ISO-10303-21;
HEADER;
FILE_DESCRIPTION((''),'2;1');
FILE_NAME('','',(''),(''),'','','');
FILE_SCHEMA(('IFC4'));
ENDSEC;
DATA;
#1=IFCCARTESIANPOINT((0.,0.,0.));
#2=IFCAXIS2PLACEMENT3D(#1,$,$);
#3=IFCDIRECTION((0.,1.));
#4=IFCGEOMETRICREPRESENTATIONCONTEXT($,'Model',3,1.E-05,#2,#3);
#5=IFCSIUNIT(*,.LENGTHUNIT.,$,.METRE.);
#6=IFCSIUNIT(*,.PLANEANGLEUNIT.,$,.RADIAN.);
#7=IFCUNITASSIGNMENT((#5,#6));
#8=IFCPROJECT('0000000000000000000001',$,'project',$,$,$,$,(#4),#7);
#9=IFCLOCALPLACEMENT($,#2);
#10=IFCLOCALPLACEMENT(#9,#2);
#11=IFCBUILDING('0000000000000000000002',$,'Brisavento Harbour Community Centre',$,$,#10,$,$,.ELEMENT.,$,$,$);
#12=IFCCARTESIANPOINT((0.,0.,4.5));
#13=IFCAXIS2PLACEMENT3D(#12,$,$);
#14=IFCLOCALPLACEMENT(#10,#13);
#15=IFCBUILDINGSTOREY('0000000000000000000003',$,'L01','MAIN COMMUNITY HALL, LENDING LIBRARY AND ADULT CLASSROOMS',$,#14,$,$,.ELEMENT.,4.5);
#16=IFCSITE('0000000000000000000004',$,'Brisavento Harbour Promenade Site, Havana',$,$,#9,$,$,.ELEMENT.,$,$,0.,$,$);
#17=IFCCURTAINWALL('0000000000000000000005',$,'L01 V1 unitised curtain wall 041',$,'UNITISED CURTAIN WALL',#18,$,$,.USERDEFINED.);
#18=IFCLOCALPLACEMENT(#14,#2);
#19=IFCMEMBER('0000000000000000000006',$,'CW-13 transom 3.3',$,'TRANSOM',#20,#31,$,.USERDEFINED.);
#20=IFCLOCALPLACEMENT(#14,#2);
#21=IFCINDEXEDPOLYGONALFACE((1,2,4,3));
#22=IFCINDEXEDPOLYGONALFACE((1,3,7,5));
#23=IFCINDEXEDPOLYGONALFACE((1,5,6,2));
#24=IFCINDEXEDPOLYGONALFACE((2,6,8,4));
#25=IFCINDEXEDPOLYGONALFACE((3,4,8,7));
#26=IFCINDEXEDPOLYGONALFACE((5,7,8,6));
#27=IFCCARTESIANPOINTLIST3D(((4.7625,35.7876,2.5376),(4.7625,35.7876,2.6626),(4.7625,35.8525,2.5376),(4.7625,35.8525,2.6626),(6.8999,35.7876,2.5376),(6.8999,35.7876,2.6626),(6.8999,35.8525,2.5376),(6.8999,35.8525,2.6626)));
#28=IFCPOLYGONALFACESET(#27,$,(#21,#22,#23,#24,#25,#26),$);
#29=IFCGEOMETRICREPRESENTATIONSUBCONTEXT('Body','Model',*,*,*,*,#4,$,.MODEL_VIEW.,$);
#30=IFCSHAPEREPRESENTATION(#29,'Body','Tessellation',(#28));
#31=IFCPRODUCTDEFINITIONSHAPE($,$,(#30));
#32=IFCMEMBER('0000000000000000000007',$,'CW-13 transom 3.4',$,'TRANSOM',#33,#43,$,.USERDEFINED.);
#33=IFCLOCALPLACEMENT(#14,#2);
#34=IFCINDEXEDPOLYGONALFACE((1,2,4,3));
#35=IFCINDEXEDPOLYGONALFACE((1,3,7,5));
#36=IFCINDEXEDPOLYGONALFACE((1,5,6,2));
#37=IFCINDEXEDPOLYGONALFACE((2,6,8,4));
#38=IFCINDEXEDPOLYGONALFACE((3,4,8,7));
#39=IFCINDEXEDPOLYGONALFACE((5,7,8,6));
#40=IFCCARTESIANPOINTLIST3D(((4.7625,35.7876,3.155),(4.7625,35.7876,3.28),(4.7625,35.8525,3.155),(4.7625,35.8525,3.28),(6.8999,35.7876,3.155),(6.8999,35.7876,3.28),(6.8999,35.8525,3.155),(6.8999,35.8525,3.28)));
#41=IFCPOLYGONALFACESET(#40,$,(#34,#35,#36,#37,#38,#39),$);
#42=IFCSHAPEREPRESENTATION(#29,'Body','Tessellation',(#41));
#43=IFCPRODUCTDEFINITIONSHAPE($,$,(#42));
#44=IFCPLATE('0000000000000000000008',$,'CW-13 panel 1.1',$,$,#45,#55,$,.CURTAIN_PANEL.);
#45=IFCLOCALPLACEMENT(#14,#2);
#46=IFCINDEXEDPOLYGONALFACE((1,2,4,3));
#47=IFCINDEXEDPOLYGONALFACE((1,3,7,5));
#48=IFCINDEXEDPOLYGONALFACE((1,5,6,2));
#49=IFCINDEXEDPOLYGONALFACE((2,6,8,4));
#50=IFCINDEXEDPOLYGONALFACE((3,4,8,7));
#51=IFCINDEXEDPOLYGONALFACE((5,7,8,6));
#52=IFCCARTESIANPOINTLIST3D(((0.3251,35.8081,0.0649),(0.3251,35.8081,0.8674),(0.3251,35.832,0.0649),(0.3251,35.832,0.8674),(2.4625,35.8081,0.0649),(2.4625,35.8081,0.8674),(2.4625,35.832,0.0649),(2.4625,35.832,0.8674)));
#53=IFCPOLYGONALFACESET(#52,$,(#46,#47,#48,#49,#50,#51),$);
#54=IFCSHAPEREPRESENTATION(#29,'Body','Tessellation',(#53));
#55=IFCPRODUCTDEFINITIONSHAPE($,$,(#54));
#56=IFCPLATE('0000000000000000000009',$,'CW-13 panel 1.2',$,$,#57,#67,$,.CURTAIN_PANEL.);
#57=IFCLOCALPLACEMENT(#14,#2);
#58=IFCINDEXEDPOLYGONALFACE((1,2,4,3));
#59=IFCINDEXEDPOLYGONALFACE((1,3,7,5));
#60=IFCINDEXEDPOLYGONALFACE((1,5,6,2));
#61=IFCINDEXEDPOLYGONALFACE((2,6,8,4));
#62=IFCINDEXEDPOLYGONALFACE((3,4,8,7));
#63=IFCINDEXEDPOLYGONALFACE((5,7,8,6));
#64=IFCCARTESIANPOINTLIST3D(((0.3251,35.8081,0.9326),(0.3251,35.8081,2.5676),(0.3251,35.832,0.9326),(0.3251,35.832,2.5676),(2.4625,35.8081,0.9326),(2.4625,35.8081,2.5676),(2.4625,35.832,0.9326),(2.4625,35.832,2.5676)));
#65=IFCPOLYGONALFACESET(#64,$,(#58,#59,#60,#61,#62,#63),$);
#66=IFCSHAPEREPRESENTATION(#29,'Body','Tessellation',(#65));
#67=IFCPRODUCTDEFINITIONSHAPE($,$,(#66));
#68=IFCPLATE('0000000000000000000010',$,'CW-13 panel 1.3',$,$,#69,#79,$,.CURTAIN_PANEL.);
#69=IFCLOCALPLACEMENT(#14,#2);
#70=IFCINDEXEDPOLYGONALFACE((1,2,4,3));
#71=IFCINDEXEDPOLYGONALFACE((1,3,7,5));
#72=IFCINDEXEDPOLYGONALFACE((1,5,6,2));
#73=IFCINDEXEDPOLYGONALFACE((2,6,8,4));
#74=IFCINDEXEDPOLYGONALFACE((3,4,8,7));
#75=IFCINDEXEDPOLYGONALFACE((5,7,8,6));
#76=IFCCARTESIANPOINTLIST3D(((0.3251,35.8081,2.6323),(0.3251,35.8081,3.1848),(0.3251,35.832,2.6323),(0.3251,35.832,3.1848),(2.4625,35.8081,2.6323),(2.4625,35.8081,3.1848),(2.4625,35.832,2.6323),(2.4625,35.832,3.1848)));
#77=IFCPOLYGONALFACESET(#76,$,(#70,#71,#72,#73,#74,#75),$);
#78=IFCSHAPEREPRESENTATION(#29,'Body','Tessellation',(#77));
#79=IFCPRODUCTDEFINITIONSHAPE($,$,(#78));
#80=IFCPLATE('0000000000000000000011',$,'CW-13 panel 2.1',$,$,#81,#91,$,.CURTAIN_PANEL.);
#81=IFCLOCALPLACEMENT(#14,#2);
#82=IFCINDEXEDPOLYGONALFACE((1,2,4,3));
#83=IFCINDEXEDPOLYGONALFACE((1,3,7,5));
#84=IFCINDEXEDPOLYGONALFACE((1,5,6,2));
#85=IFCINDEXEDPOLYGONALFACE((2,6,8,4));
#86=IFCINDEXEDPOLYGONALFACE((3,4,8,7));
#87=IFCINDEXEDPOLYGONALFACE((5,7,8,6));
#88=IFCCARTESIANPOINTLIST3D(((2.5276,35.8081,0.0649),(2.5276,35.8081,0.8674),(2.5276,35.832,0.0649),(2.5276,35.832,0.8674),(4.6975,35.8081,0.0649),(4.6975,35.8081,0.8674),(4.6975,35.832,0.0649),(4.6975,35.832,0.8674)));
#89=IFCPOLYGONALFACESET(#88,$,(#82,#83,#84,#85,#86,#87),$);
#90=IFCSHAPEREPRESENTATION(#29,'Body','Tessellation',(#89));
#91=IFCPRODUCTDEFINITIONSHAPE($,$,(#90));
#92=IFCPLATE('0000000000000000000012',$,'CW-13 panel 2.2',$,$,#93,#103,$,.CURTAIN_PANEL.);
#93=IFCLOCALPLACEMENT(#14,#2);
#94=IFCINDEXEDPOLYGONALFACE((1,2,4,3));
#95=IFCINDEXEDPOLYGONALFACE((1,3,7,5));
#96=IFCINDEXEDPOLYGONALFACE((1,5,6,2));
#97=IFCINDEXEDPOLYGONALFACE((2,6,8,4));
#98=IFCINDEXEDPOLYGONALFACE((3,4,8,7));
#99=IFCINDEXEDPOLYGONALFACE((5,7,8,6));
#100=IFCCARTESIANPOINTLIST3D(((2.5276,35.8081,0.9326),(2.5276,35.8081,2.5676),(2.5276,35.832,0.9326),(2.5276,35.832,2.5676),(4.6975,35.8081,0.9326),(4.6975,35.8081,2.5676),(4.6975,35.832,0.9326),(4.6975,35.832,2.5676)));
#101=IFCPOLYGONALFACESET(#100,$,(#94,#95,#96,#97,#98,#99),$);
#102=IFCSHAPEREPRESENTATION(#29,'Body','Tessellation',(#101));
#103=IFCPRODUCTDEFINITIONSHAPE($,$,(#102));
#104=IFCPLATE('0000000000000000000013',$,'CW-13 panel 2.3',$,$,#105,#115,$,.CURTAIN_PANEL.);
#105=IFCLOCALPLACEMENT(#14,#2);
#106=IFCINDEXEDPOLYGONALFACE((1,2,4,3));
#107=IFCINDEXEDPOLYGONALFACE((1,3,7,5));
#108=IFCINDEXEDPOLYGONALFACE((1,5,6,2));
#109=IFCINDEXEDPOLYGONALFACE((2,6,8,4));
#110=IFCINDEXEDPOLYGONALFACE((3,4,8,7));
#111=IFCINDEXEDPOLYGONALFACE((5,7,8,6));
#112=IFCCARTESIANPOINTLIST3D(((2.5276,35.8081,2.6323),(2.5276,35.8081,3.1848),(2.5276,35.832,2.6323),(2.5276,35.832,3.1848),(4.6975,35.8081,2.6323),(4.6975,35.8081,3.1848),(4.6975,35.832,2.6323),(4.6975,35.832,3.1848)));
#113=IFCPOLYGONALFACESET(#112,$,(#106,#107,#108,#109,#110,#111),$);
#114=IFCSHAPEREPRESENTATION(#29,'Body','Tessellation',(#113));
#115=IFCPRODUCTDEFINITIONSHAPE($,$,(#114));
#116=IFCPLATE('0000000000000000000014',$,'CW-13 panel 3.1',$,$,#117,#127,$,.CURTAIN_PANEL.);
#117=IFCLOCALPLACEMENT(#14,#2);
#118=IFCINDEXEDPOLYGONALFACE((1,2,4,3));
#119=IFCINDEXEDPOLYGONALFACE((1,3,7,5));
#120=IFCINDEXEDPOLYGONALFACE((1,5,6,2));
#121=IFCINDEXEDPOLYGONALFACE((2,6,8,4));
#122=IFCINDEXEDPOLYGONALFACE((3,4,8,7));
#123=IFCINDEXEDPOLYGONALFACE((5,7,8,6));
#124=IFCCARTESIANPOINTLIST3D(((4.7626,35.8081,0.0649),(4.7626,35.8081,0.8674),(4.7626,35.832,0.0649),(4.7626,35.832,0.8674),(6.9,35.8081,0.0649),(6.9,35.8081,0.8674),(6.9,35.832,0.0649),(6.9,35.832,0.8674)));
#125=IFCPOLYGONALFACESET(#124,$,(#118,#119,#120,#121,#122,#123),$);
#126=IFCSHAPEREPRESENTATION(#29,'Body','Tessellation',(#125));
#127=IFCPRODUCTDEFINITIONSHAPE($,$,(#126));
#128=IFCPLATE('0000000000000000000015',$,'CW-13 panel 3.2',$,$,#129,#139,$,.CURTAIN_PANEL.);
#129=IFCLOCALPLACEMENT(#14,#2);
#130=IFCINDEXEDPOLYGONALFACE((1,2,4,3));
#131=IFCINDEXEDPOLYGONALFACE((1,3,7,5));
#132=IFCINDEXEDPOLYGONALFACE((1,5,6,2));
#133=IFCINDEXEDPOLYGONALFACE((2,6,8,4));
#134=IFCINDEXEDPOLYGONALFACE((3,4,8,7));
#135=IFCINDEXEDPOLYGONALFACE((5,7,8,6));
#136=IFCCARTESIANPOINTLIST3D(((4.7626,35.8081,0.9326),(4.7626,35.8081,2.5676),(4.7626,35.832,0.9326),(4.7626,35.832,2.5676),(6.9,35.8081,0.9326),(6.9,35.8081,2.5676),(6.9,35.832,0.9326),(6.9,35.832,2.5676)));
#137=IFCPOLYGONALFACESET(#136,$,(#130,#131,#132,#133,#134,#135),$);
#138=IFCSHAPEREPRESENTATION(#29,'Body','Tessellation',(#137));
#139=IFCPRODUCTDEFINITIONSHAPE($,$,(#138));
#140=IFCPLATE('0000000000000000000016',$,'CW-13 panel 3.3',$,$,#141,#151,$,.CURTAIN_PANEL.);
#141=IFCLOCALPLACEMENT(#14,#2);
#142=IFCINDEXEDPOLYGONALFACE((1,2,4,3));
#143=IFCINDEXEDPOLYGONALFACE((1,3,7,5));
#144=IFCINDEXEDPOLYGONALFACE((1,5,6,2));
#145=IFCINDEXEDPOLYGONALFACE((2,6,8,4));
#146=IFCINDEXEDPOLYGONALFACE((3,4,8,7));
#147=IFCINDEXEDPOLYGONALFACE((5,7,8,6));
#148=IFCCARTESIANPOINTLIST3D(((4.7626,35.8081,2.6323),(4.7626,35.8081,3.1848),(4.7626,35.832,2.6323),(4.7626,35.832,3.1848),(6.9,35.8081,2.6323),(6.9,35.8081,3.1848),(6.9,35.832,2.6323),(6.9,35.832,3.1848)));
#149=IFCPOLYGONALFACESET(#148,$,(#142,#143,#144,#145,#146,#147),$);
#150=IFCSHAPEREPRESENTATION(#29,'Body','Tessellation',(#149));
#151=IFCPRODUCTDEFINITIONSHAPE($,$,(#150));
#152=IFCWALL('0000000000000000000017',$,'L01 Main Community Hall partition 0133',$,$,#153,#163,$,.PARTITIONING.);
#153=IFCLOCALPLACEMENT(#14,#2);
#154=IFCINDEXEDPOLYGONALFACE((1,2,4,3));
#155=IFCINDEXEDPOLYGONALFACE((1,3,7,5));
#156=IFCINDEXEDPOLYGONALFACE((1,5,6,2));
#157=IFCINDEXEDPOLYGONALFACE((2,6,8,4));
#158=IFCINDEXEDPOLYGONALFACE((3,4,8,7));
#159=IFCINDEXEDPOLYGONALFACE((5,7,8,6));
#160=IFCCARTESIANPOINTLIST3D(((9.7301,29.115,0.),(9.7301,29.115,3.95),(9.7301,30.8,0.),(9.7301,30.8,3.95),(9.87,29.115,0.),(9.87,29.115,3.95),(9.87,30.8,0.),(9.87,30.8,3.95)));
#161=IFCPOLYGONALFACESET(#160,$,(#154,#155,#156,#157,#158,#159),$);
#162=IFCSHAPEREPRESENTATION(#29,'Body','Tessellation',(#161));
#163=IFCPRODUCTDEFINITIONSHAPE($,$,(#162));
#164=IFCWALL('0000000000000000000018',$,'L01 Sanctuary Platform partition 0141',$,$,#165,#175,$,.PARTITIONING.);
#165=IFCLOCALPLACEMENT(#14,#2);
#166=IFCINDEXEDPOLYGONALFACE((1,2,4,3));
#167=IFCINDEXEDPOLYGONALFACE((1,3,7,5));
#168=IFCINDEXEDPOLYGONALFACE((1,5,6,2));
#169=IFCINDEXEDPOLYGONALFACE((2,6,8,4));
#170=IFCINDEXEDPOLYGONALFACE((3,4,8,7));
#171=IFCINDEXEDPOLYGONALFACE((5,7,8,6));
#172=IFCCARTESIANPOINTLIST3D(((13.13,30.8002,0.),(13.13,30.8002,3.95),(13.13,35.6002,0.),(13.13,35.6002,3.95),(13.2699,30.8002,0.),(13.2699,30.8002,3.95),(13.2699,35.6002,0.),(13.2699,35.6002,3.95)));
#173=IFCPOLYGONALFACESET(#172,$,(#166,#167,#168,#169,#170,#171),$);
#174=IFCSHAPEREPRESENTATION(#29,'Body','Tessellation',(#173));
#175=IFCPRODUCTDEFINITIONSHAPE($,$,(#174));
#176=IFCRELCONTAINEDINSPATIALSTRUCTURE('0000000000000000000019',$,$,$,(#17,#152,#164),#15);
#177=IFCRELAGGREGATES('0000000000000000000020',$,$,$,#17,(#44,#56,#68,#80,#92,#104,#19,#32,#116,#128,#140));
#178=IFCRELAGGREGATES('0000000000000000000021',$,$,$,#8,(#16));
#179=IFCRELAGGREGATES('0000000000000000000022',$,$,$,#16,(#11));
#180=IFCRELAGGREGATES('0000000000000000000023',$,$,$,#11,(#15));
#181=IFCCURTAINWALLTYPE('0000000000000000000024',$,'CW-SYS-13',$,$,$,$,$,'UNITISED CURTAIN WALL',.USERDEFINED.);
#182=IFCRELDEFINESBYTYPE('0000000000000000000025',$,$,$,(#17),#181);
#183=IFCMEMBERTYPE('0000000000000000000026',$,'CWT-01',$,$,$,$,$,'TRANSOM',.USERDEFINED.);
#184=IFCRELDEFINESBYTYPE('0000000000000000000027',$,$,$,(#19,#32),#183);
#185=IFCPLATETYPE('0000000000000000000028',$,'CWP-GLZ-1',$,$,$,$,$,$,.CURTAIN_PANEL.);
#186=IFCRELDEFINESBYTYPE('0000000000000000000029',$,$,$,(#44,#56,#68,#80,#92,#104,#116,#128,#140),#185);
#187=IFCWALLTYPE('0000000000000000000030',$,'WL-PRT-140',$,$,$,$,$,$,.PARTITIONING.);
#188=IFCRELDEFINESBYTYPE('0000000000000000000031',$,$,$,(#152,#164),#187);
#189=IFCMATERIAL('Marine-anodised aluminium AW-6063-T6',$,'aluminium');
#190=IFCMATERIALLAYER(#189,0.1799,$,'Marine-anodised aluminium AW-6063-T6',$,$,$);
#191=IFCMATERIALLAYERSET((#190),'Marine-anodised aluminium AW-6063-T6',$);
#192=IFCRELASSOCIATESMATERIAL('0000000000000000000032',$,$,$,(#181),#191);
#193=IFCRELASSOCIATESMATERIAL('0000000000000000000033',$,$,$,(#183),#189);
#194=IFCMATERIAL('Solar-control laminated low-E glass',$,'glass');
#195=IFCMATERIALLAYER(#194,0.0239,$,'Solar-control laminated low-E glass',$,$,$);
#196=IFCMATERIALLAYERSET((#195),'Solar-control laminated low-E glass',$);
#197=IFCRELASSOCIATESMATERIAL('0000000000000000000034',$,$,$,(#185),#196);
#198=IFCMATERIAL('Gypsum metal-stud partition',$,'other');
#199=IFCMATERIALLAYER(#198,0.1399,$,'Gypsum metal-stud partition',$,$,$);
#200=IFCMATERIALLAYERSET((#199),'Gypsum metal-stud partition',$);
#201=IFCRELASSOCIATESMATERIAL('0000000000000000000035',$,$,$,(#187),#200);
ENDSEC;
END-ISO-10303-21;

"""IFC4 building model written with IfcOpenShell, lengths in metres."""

from ifc_helpers import new_model, si_unit, direction, frame, frame_2d, origin, origin_2d, place, context, subcontext, project, spatial, rectangle, extrude, material, layer, layer_set, material_profile, profile_set, type_object, element, aggregate, save


model = new_model("IFC4")

# Units and contexts
model_context = context("Model", 3, precision=1e-05, world=origin(), true_north=direction((0.0, 1.0)))
body_context = subcontext(model_context, "Body", "Model", "MODEL_VIEW")
ifc_project = project(units=[si_unit("LENGTHUNIT", "METRE"), si_unit("PLANEANGLEUNIT", "RADIAN")], contexts=[model_context])

# Site, building, storey
site_placement = place(None, origin())
site = spatial("IfcSite", under=ifc_project, at=site_placement, Name="Brisavento Harbour Promenade Site, Havana", CompositionType="ELEMENT", RefElevation=0.0)
building_placement = place(site_placement, origin())
building = spatial("IfcBuilding", under=site, at=building_placement, Name="Brisavento Harbour Community Centre", CompositionType="ELEMENT")
storey_placement = place(building_placement, frame((0.0, 0.0, 4.5)))
storey = spatial("IfcBuildingStorey", under=building, at=storey_placement, Name="L01", Description="MAIN COMMUNITY HALL, LENDING LIBRARY AND ADULT CLASSROOMS", CompositionType="ELEMENT", Elevation=4.5)

# Curtain wall, members, plates
ifc_material_1 = material(Name="Marine-anodised aluminium AW-6063-T6", Category="aluminium")
ifc_layer_1 = layer(ifc_material_1, 0.1799, Name="Marine-anodised aluminium AW-6063-T6")
ifc_layer_set_1 = layer_set([ifc_layer_1], Name="Marine-anodised aluminium AW-6063-T6")
curtain_wall_type = type_object("IfcCurtainWallType", Name="CW-SYS-13", ElementType="UNITISED CURTAIN WALL", PredefinedType="USERDEFINED", material=ifc_layer_set_1)
curtain_wall_placement = place(storey_placement, origin())
curtain_wall = element("IfcCurtainWall", 1, at=curtain_wall_placement, inside=storey, type_object=curtain_wall_type, Name="L01 V1 unitised curtain wall 041", ObjectType="UNITISED CURTAIN WALL", PredefinedType="USERDEFINED")
ifc_material_profile_1 = material_profile(ifc_material_1, rectangle(XDim=0.0649, YDim=0.125, at=origin_2d()), Name="Marine-anodised aluminium AW-6063-T6")
ifc_profile_set_1 = profile_set([ifc_material_profile_1], Name="Marine-anodised aluminium AW-6063-T6")
member_type_1 = type_object("IfcMemberType", Name="CWT-01", ElementType="TRANSOM", PredefinedType="USERDEFINED", material=ifc_profile_set_1)
member_1_placement = place(storey_placement, frame((4.7625, 35.8201, 2.6001), z_axis=(1.0, 0.0, 0.0), x_axis=(0.0, 1.0, 0.0)))
member_1 = element("IfcMember", 2, at=member_1_placement, type_object=member_type_1, Name="CW-13 transom 3.3", ObjectType="TRANSOM", PredefinedType="USERDEFINED", context=body_context, shape_type="SweptSolid", body=[
    extrude(rectangle(XDim=0.0649, YDim=0.125, at=origin_2d()), origin(), (0.0, 0.0, 1.0), 2.1375),
])
member_2_placement = place(storey_placement, frame((4.7625, 35.8201, 3.2175), z_axis=(1.0, 0.0, 0.0), x_axis=(0.0, 1.0, 0.0)))
member_2 = element("IfcMember", 3, at=member_2_placement, type_object=member_type_1, Name="CW-13 transom 3.4", ObjectType="TRANSOM", PredefinedType="USERDEFINED", context=body_context, shape_type="SweptSolid", body=[
    extrude(rectangle(XDim=0.0649, YDim=0.125, at=origin_2d()), origin(), (0.0, 0.0, 1.0), 2.1375),
])
ifc_material_2 = material(Name="Solar-control laminated low-E glass", Category="glass")
ifc_layer_2 = layer(ifc_material_2, 0.0239, Name="Solar-control laminated low-E glass")
ifc_layer_set_2 = layer_set([ifc_layer_2], Name="Solar-control laminated low-E glass")
plate_type = type_object("IfcPlateType", Name="CWP-GLZ-1", PredefinedType="CURTAIN_PANEL", material=ifc_layer_set_2)
plate_1_placement = place(storey_placement, frame((1.3938, 35.8201, 0.0649), z_axis=(0.0, 0.0, 1.0), x_axis=(1.0, 0.0, 0.0)))
plate_1 = element("IfcPlate", 4, at=plate_1_placement, type_object=plate_type, Name="CW-13 panel 1.1", PredefinedType="CURTAIN_PANEL", context=body_context, shape_type="SweptSolid", body=[
    extrude(rectangle(XDim=2.1375, YDim=0.0239, at=origin_2d()), origin(), (0.0, 0.0, 1.0), 0.8025),
])
plate_2_placement = place(storey_placement, frame((1.3938, 35.8201, 0.9326), z_axis=(0.0, 0.0, 1.0), x_axis=(1.0, 0.0, 0.0)))
plate_2 = element("IfcPlate", 5, at=plate_2_placement, type_object=plate_type, Name="CW-13 panel 1.2", PredefinedType="CURTAIN_PANEL", context=body_context, shape_type="SweptSolid", body=[
    extrude(rectangle(XDim=2.1375, YDim=0.0239, at=origin_2d()), origin(), (0.0, 0.0, 1.0), 1.635),
])
plate_3_placement = place(storey_placement, frame((1.3938, 35.8201, 2.6323), z_axis=(0.0, 0.0, 1.0), x_axis=(1.0, 0.0, 0.0)))
plate_3 = element("IfcPlate", 6, at=plate_3_placement, type_object=plate_type, Name="CW-13 panel 1.3", PredefinedType="CURTAIN_PANEL", context=body_context, shape_type="SweptSolid", body=[
    extrude(rectangle(XDim=2.1375, YDim=0.0239, at=origin_2d()), origin(), (0.0, 0.0, 1.0), 0.5525),
])
plate_4_placement = place(storey_placement, frame((3.6125, 35.8201, 0.0649), z_axis=(0.0, 0.0, 1.0), x_axis=(1.0, 0.0, 0.0)))
plate_4 = element("IfcPlate", 7, at=plate_4_placement, type_object=plate_type, Name="CW-13 panel 2.1", PredefinedType="CURTAIN_PANEL", context=body_context, shape_type="SweptSolid", body=[
    extrude(rectangle(XDim=2.1699, YDim=0.0239, at=origin_2d()), origin(), (0.0, 0.0, 1.0), 0.8025),
])
plate_5_placement = place(storey_placement, frame((3.6125, 35.8201, 0.9326), z_axis=(0.0, 0.0, 1.0), x_axis=(1.0, 0.0, 0.0)))
plate_5 = element("IfcPlate", 8, at=plate_5_placement, type_object=plate_type, Name="CW-13 panel 2.2", PredefinedType="CURTAIN_PANEL", context=body_context, shape_type="SweptSolid", body=[
    extrude(rectangle(XDim=2.1699, YDim=0.0239, at=origin_2d()), origin(), (0.0, 0.0, 1.0), 1.635),
])
plate_6_placement = place(storey_placement, frame((3.6125, 35.8201, 2.6323), z_axis=(0.0, 0.0, 1.0), x_axis=(1.0, 0.0, 0.0)))
plate_6 = element("IfcPlate", 9, at=plate_6_placement, type_object=plate_type, Name="CW-13 panel 2.3", PredefinedType="CURTAIN_PANEL", context=body_context, shape_type="SweptSolid", body=[
    extrude(rectangle(XDim=2.1699, YDim=0.0239, at=origin_2d()), origin(), (0.0, 0.0, 1.0), 0.5525),
])
plate_7_placement = place(storey_placement, frame((5.8313, 35.8201, 0.0649), z_axis=(0.0, 0.0, 1.0), x_axis=(1.0, 0.0, 0.0)))
plate_7 = element("IfcPlate", 10, at=plate_7_placement, type_object=plate_type, Name="CW-13 panel 3.1", PredefinedType="CURTAIN_PANEL", context=body_context, shape_type="SweptSolid", body=[
    extrude(rectangle(XDim=2.1375, YDim=0.0239, at=origin_2d()), origin(), (0.0, 0.0, 1.0), 0.8025),
])
plate_8_placement = place(storey_placement, frame((5.8313, 35.8201, 0.9326), z_axis=(0.0, 0.0, 1.0), x_axis=(1.0, 0.0, 0.0)))
plate_8 = element("IfcPlate", 11, at=plate_8_placement, type_object=plate_type, Name="CW-13 panel 3.2", PredefinedType="CURTAIN_PANEL", context=body_context, shape_type="SweptSolid", body=[
    extrude(rectangle(XDim=2.1375, YDim=0.0239, at=origin_2d()), origin(), (0.0, 0.0, 1.0), 1.635),
])
plate_9_placement = place(storey_placement, frame((5.8313, 35.8201, 2.6323), z_axis=(0.0, 0.0, 1.0), x_axis=(1.0, 0.0, 0.0)))
plate_9 = element("IfcPlate", 12, at=plate_9_placement, type_object=plate_type, Name="CW-13 panel 3.3", PredefinedType="CURTAIN_PANEL", context=body_context, shape_type="SweptSolid", body=[
    extrude(rectangle(XDim=2.1375, YDim=0.0239, at=origin_2d()), origin(), (0.0, 0.0, 1.0), 0.5525),
])
aggregate(curtain_wall, [plate_1, plate_2, plate_3, plate_4, plate_5, plate_6, member_1, member_2, plate_7, plate_8, plate_9])

# Walls
ifc_material_3 = material(Name="Gypsum metal-stud partition", Category="other")
ifc_layer_3 = layer(ifc_material_3, 0.1399, Name="Gypsum metal-stud partition")
ifc_layer_set_3 = layer_set([ifc_layer_3], Name="Gypsum metal-stud partition")
wall_type = type_object("IfcWallType", Name="WL-PRT-140", PredefinedType="PARTITIONING", material=ifc_layer_set_3)
wall_1_placement = place(storey_placement, frame((9.8, 30.8, 0.0), z_axis=(0.0, 0.0, 1.0), x_axis=(0.0, -1.0, 0.0)))
element("IfcWall", 13, at=wall_1_placement, inside=storey, type_object=wall_type, Name="L01 Main Community Hall partition 0133", PredefinedType="PARTITIONING", context=body_context, shape_type="SweptSolid", body=[
    extrude(rectangle(XDim=1.6851, YDim=0.1399, at=frame_2d((0.8425, 0.0))), origin(), (0.0, 0.0, 1.0), 3.95),
])
wall_2_placement = place(storey_placement, frame((13.2, 35.6001, 0.0), z_axis=(0.0, 0.0, 1.0), x_axis=(0.0, -1.0, 0.0)))
element("IfcWall", 14, at=wall_2_placement, inside=storey, type_object=wall_type, Name="L01 Sanctuary Platform partition 0141", PredefinedType="PARTITIONING", context=body_context, shape_type="SweptSolid", body=[
    extrude(rectangle(XDim=4.8, YDim=0.1399, at=frame_2d((2.3999, 0.0))), origin(), (0.0, 0.0, 1.0), 3.95),
])

save(model, "model.ifc")
